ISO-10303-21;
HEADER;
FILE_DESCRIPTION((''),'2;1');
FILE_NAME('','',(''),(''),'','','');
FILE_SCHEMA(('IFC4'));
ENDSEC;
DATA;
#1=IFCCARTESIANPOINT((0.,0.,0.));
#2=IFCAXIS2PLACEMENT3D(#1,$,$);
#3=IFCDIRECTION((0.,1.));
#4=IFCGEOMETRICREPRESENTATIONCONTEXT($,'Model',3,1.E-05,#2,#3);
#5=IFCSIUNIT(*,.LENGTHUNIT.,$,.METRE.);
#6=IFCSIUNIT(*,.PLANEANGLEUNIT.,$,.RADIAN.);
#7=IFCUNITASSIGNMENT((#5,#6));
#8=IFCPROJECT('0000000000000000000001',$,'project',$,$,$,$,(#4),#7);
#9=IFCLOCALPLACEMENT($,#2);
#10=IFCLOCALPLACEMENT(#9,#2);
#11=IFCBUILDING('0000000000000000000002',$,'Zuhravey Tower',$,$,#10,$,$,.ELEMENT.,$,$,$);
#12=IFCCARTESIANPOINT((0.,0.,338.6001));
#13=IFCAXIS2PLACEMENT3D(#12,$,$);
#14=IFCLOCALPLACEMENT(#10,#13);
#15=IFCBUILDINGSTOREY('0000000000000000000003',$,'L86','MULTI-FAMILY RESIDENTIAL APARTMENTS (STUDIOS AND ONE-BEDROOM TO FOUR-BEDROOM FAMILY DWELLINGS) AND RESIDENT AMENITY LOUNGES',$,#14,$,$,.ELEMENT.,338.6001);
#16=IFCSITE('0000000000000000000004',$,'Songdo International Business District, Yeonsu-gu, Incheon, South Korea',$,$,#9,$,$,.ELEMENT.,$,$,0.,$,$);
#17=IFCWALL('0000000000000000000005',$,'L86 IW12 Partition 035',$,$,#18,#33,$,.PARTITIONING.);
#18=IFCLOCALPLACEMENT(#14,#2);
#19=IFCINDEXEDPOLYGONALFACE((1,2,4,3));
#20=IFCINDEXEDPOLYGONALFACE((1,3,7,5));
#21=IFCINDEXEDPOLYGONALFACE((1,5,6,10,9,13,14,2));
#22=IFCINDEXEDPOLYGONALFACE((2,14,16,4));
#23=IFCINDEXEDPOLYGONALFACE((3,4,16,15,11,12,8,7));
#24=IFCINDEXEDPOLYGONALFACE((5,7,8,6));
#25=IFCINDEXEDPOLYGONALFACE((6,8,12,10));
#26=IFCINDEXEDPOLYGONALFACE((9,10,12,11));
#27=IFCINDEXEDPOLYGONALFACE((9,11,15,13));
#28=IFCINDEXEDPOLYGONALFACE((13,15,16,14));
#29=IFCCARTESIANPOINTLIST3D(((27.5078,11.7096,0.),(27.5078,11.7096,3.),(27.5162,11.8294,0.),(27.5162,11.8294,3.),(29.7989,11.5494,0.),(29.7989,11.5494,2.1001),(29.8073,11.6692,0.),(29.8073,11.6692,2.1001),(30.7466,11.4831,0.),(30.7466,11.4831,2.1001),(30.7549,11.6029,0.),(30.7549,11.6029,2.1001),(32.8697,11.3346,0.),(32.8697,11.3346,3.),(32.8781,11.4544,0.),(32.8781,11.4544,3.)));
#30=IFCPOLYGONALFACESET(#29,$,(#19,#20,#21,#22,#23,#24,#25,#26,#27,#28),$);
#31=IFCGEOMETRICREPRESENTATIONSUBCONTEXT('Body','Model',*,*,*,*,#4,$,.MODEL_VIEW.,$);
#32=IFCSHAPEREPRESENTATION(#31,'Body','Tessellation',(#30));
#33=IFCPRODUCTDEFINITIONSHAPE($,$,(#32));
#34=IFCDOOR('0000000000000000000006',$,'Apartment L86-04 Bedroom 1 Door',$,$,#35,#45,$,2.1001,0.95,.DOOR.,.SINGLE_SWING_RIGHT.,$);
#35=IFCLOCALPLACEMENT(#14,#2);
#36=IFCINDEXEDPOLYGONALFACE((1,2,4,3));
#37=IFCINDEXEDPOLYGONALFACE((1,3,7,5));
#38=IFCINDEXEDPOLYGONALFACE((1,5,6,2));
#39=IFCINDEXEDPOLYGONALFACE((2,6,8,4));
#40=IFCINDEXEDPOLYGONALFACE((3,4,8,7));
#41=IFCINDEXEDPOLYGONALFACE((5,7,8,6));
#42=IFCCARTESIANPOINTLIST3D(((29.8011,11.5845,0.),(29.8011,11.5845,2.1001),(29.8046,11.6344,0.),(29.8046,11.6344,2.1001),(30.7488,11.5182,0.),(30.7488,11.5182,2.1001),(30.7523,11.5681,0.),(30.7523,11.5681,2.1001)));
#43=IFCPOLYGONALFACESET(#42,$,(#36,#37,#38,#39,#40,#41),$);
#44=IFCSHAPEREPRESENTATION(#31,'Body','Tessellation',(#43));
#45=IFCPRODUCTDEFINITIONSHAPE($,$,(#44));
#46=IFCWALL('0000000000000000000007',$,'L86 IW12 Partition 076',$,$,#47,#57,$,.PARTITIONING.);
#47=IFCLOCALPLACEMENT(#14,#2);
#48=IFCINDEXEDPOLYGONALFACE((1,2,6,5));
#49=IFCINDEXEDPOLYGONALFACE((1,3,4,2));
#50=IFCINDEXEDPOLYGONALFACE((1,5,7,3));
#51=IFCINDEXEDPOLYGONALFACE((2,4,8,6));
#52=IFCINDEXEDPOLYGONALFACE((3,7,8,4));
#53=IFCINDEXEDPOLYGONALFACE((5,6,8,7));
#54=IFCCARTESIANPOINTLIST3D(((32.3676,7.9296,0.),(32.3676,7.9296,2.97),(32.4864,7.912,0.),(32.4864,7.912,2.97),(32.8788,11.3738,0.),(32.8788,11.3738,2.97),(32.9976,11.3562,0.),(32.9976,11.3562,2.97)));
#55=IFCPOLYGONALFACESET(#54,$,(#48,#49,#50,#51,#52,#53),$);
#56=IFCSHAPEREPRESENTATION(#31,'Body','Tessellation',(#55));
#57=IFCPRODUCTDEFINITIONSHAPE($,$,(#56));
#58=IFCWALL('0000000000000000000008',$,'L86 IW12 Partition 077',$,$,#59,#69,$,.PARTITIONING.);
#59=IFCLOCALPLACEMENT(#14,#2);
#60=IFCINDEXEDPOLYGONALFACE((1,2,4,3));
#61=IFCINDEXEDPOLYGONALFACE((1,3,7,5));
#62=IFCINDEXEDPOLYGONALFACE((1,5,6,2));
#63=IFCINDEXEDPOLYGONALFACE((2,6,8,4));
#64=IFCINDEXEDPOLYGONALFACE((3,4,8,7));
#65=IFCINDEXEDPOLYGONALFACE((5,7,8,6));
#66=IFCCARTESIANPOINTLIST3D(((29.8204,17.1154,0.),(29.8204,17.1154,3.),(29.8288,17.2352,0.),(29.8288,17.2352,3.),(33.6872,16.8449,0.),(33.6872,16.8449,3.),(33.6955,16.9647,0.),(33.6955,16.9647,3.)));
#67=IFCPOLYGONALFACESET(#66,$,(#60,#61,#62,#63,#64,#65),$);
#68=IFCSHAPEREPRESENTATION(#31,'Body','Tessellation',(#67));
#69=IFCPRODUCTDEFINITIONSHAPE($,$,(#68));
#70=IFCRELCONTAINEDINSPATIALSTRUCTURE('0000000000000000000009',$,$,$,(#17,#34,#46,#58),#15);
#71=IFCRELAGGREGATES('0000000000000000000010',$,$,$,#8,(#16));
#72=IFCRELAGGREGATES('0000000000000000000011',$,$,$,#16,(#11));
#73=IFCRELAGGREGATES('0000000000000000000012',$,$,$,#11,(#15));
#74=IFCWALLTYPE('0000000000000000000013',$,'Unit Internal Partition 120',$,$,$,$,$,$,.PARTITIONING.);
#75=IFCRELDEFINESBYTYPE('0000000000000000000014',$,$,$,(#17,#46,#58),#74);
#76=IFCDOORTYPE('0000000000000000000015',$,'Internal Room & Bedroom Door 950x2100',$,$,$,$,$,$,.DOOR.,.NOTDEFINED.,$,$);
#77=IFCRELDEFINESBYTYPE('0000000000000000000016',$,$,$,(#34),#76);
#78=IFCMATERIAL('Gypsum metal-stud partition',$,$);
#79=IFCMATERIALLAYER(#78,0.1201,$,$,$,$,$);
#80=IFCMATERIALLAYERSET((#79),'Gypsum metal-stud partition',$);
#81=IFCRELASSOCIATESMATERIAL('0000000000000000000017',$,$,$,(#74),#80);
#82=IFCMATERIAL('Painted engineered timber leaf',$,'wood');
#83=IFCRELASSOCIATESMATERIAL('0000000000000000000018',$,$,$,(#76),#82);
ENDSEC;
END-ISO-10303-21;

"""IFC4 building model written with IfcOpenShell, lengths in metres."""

from ifc_helpers import new_model, si_unit, direction, frame, frame_2d, origin, place, context, subcontext, project, spatial, rectangle, extrude, material, layer, layer_set, type_object, element, fill, save


model = new_model("IFC4")

# Units and contexts
model_context = context("Model", 3, precision=1e-05, world=origin(), true_north=direction((0.0, 1.0)))
body_context = subcontext(model_context, "Body", "Model", "MODEL_VIEW")
ifc_project = project(units=[si_unit("LENGTHUNIT", "METRE"), si_unit("PLANEANGLEUNIT", "RADIAN")], contexts=[model_context])

# Site, building, storey
site_placement = place(None, origin())
site = spatial("IfcSite", under=ifc_project, at=site_placement, Name="Songdo International Business District, Yeonsu-gu, Incheon, South Korea", CompositionType="ELEMENT", RefElevation=0.0)
building_placement = place(site_placement, origin())
building = spatial("IfcBuilding", under=site, at=building_placement, Name="Zuhravey Tower", CompositionType="ELEMENT")
storey_placement = place(building_placement, frame((0.0, 0.0, 338.6001)))
storey = spatial("IfcBuildingStorey", under=building, at=storey_placement, Name="L86", Description="MULTI-FAMILY RESIDENTIAL APARTMENTS (STUDIOS AND ONE-BEDROOM TO FOUR-BEDROOM FAMILY DWELLINGS) AND RESIDENT AMENITY LOUNGES", CompositionType="ELEMENT", Elevation=338.6001)

# Wall, opening, door
ifc_material_1 = material(Name="Gypsum metal-stud partition")
ifc_layer_1 = layer(ifc_material_1, 0.1201)
ifc_layer_set_1 = layer_set([ifc_layer_1], Name="Gypsum metal-stud partition")
wall_type_1 = type_object("IfcWallType", Name="Unit Internal Partition 120", PredefinedType="PARTITIONING", material=ifc_layer_set_1)
ifc_material_2 = material(Name="Painted engineered timber leaf", Category="wood")
door_type_1 = type_object("IfcDoorType", Name="Internal Room & Bedroom Door 950x2100", OperationType="NOTDEFINED", PredefinedType="DOOR", material=ifc_material_2)
wall_1_placement = place(storey_placement, frame((27.512, 11.7695, 0.0), z_axis=(0.0, 0.0, 1.0), x_axis=(0.997563, -0.069769, 0.0)))
wall_1 = element("IfcWall", 1, at=wall_1_placement, inside=storey, type_object=wall_type_1, Name="L86 IW12 Partition 035", PredefinedType="PARTITIONING", context=body_context, shape_type="SweptSolid", body=[
    extrude(rectangle(XDim=5.375, YDim=0.1201, at=frame_2d((2.6875, 0.0))), origin(), (0.0, 0.0, 1.0), 3.0),
])
opening_1_placement = place(wall_1_placement, frame((2.2966, 0.0, 0.0)))
opening_1 = element("IfcOpeningElement", 2, at=opening_1_placement, cuts=wall_1, PredefinedType="OPENING", context=body_context, shape_type="SweptSolid", body=[
    extrude(rectangle(XDim=0.95, YDim=2.1001, at=frame_2d((0.4751, 1.05))), frame((0.0, 0.072, 0.0), z_axis=(0.0, -1.0, 0.0), x_axis=(1.0, 0.0, 0.0)), (0.0, 0.0, 1.0), 0.144),
])
door_1_placement = place(opening_1_placement, frame((0.95, 0.0, 0.0), z_axis=(0.0, 0.0, 1.0), x_axis=(-1.0, 0.0, 0.0)))
door_1 = element("IfcDoor", 3, at=door_1_placement, inside=storey, type_object=door_type_1, Name="Apartment L86-04 Bedroom 1 Door", OperationType="SINGLE_SWING_RIGHT", OverallHeight=2.1001, OverallWidth=0.95, PredefinedType="DOOR", context=body_context, shape_type="SweptSolid", body=[
    extrude(rectangle(XDim=0.95, YDim=2.1001, at=frame_2d((0.4751, 1.05))), frame((0.0, 0.0249, 0.0), z_axis=(0.0, -1.0, 0.0), x_axis=(1.0, 0.0, 0.0)), (0.0, 0.0, 1.0), 0.05),
])
fill(opening_1, door_1)

# Walls
wall_2_placement = place(storey_placement, frame((32.9382, 11.365, 0.0), z_axis=(0.0, 0.0, 1.0), x_axis=(-0.146828, -0.989162, 0.0)))
element("IfcWall", 4, at=wall_2_placement, inside=storey, type_object=wall_type_1, Name="L86 IW12 Partition 076", PredefinedType="PARTITIONING", context=body_context, shape_type="SweptSolid", body=[
    extrude(rectangle(XDim=3.4819, YDim=0.1201, at=frame_2d((1.741, 0.0))), origin(), (0.0, 0.0, 1.0), 2.97),
])
wall_3_placement = place(storey_placement, frame((29.8247, 17.1753, 0.0), z_axis=(0.0, 0.0, 1.0), x_axis=(0.997562, -0.069788, 0.0)))
element("IfcWall", 5, at=wall_3_placement, inside=storey, type_object=wall_type_1, Name="L86 IW12 Partition 077", PredefinedType="PARTITIONING", context=body_context, shape_type="SweptSolid", body=[
    extrude(rectangle(XDim=3.8762, YDim=0.1201, at=frame_2d((1.938, 0.0))), origin(), (0.0, 0.0, 1.0), 3.0),
])

save(model, "model.ifc")
